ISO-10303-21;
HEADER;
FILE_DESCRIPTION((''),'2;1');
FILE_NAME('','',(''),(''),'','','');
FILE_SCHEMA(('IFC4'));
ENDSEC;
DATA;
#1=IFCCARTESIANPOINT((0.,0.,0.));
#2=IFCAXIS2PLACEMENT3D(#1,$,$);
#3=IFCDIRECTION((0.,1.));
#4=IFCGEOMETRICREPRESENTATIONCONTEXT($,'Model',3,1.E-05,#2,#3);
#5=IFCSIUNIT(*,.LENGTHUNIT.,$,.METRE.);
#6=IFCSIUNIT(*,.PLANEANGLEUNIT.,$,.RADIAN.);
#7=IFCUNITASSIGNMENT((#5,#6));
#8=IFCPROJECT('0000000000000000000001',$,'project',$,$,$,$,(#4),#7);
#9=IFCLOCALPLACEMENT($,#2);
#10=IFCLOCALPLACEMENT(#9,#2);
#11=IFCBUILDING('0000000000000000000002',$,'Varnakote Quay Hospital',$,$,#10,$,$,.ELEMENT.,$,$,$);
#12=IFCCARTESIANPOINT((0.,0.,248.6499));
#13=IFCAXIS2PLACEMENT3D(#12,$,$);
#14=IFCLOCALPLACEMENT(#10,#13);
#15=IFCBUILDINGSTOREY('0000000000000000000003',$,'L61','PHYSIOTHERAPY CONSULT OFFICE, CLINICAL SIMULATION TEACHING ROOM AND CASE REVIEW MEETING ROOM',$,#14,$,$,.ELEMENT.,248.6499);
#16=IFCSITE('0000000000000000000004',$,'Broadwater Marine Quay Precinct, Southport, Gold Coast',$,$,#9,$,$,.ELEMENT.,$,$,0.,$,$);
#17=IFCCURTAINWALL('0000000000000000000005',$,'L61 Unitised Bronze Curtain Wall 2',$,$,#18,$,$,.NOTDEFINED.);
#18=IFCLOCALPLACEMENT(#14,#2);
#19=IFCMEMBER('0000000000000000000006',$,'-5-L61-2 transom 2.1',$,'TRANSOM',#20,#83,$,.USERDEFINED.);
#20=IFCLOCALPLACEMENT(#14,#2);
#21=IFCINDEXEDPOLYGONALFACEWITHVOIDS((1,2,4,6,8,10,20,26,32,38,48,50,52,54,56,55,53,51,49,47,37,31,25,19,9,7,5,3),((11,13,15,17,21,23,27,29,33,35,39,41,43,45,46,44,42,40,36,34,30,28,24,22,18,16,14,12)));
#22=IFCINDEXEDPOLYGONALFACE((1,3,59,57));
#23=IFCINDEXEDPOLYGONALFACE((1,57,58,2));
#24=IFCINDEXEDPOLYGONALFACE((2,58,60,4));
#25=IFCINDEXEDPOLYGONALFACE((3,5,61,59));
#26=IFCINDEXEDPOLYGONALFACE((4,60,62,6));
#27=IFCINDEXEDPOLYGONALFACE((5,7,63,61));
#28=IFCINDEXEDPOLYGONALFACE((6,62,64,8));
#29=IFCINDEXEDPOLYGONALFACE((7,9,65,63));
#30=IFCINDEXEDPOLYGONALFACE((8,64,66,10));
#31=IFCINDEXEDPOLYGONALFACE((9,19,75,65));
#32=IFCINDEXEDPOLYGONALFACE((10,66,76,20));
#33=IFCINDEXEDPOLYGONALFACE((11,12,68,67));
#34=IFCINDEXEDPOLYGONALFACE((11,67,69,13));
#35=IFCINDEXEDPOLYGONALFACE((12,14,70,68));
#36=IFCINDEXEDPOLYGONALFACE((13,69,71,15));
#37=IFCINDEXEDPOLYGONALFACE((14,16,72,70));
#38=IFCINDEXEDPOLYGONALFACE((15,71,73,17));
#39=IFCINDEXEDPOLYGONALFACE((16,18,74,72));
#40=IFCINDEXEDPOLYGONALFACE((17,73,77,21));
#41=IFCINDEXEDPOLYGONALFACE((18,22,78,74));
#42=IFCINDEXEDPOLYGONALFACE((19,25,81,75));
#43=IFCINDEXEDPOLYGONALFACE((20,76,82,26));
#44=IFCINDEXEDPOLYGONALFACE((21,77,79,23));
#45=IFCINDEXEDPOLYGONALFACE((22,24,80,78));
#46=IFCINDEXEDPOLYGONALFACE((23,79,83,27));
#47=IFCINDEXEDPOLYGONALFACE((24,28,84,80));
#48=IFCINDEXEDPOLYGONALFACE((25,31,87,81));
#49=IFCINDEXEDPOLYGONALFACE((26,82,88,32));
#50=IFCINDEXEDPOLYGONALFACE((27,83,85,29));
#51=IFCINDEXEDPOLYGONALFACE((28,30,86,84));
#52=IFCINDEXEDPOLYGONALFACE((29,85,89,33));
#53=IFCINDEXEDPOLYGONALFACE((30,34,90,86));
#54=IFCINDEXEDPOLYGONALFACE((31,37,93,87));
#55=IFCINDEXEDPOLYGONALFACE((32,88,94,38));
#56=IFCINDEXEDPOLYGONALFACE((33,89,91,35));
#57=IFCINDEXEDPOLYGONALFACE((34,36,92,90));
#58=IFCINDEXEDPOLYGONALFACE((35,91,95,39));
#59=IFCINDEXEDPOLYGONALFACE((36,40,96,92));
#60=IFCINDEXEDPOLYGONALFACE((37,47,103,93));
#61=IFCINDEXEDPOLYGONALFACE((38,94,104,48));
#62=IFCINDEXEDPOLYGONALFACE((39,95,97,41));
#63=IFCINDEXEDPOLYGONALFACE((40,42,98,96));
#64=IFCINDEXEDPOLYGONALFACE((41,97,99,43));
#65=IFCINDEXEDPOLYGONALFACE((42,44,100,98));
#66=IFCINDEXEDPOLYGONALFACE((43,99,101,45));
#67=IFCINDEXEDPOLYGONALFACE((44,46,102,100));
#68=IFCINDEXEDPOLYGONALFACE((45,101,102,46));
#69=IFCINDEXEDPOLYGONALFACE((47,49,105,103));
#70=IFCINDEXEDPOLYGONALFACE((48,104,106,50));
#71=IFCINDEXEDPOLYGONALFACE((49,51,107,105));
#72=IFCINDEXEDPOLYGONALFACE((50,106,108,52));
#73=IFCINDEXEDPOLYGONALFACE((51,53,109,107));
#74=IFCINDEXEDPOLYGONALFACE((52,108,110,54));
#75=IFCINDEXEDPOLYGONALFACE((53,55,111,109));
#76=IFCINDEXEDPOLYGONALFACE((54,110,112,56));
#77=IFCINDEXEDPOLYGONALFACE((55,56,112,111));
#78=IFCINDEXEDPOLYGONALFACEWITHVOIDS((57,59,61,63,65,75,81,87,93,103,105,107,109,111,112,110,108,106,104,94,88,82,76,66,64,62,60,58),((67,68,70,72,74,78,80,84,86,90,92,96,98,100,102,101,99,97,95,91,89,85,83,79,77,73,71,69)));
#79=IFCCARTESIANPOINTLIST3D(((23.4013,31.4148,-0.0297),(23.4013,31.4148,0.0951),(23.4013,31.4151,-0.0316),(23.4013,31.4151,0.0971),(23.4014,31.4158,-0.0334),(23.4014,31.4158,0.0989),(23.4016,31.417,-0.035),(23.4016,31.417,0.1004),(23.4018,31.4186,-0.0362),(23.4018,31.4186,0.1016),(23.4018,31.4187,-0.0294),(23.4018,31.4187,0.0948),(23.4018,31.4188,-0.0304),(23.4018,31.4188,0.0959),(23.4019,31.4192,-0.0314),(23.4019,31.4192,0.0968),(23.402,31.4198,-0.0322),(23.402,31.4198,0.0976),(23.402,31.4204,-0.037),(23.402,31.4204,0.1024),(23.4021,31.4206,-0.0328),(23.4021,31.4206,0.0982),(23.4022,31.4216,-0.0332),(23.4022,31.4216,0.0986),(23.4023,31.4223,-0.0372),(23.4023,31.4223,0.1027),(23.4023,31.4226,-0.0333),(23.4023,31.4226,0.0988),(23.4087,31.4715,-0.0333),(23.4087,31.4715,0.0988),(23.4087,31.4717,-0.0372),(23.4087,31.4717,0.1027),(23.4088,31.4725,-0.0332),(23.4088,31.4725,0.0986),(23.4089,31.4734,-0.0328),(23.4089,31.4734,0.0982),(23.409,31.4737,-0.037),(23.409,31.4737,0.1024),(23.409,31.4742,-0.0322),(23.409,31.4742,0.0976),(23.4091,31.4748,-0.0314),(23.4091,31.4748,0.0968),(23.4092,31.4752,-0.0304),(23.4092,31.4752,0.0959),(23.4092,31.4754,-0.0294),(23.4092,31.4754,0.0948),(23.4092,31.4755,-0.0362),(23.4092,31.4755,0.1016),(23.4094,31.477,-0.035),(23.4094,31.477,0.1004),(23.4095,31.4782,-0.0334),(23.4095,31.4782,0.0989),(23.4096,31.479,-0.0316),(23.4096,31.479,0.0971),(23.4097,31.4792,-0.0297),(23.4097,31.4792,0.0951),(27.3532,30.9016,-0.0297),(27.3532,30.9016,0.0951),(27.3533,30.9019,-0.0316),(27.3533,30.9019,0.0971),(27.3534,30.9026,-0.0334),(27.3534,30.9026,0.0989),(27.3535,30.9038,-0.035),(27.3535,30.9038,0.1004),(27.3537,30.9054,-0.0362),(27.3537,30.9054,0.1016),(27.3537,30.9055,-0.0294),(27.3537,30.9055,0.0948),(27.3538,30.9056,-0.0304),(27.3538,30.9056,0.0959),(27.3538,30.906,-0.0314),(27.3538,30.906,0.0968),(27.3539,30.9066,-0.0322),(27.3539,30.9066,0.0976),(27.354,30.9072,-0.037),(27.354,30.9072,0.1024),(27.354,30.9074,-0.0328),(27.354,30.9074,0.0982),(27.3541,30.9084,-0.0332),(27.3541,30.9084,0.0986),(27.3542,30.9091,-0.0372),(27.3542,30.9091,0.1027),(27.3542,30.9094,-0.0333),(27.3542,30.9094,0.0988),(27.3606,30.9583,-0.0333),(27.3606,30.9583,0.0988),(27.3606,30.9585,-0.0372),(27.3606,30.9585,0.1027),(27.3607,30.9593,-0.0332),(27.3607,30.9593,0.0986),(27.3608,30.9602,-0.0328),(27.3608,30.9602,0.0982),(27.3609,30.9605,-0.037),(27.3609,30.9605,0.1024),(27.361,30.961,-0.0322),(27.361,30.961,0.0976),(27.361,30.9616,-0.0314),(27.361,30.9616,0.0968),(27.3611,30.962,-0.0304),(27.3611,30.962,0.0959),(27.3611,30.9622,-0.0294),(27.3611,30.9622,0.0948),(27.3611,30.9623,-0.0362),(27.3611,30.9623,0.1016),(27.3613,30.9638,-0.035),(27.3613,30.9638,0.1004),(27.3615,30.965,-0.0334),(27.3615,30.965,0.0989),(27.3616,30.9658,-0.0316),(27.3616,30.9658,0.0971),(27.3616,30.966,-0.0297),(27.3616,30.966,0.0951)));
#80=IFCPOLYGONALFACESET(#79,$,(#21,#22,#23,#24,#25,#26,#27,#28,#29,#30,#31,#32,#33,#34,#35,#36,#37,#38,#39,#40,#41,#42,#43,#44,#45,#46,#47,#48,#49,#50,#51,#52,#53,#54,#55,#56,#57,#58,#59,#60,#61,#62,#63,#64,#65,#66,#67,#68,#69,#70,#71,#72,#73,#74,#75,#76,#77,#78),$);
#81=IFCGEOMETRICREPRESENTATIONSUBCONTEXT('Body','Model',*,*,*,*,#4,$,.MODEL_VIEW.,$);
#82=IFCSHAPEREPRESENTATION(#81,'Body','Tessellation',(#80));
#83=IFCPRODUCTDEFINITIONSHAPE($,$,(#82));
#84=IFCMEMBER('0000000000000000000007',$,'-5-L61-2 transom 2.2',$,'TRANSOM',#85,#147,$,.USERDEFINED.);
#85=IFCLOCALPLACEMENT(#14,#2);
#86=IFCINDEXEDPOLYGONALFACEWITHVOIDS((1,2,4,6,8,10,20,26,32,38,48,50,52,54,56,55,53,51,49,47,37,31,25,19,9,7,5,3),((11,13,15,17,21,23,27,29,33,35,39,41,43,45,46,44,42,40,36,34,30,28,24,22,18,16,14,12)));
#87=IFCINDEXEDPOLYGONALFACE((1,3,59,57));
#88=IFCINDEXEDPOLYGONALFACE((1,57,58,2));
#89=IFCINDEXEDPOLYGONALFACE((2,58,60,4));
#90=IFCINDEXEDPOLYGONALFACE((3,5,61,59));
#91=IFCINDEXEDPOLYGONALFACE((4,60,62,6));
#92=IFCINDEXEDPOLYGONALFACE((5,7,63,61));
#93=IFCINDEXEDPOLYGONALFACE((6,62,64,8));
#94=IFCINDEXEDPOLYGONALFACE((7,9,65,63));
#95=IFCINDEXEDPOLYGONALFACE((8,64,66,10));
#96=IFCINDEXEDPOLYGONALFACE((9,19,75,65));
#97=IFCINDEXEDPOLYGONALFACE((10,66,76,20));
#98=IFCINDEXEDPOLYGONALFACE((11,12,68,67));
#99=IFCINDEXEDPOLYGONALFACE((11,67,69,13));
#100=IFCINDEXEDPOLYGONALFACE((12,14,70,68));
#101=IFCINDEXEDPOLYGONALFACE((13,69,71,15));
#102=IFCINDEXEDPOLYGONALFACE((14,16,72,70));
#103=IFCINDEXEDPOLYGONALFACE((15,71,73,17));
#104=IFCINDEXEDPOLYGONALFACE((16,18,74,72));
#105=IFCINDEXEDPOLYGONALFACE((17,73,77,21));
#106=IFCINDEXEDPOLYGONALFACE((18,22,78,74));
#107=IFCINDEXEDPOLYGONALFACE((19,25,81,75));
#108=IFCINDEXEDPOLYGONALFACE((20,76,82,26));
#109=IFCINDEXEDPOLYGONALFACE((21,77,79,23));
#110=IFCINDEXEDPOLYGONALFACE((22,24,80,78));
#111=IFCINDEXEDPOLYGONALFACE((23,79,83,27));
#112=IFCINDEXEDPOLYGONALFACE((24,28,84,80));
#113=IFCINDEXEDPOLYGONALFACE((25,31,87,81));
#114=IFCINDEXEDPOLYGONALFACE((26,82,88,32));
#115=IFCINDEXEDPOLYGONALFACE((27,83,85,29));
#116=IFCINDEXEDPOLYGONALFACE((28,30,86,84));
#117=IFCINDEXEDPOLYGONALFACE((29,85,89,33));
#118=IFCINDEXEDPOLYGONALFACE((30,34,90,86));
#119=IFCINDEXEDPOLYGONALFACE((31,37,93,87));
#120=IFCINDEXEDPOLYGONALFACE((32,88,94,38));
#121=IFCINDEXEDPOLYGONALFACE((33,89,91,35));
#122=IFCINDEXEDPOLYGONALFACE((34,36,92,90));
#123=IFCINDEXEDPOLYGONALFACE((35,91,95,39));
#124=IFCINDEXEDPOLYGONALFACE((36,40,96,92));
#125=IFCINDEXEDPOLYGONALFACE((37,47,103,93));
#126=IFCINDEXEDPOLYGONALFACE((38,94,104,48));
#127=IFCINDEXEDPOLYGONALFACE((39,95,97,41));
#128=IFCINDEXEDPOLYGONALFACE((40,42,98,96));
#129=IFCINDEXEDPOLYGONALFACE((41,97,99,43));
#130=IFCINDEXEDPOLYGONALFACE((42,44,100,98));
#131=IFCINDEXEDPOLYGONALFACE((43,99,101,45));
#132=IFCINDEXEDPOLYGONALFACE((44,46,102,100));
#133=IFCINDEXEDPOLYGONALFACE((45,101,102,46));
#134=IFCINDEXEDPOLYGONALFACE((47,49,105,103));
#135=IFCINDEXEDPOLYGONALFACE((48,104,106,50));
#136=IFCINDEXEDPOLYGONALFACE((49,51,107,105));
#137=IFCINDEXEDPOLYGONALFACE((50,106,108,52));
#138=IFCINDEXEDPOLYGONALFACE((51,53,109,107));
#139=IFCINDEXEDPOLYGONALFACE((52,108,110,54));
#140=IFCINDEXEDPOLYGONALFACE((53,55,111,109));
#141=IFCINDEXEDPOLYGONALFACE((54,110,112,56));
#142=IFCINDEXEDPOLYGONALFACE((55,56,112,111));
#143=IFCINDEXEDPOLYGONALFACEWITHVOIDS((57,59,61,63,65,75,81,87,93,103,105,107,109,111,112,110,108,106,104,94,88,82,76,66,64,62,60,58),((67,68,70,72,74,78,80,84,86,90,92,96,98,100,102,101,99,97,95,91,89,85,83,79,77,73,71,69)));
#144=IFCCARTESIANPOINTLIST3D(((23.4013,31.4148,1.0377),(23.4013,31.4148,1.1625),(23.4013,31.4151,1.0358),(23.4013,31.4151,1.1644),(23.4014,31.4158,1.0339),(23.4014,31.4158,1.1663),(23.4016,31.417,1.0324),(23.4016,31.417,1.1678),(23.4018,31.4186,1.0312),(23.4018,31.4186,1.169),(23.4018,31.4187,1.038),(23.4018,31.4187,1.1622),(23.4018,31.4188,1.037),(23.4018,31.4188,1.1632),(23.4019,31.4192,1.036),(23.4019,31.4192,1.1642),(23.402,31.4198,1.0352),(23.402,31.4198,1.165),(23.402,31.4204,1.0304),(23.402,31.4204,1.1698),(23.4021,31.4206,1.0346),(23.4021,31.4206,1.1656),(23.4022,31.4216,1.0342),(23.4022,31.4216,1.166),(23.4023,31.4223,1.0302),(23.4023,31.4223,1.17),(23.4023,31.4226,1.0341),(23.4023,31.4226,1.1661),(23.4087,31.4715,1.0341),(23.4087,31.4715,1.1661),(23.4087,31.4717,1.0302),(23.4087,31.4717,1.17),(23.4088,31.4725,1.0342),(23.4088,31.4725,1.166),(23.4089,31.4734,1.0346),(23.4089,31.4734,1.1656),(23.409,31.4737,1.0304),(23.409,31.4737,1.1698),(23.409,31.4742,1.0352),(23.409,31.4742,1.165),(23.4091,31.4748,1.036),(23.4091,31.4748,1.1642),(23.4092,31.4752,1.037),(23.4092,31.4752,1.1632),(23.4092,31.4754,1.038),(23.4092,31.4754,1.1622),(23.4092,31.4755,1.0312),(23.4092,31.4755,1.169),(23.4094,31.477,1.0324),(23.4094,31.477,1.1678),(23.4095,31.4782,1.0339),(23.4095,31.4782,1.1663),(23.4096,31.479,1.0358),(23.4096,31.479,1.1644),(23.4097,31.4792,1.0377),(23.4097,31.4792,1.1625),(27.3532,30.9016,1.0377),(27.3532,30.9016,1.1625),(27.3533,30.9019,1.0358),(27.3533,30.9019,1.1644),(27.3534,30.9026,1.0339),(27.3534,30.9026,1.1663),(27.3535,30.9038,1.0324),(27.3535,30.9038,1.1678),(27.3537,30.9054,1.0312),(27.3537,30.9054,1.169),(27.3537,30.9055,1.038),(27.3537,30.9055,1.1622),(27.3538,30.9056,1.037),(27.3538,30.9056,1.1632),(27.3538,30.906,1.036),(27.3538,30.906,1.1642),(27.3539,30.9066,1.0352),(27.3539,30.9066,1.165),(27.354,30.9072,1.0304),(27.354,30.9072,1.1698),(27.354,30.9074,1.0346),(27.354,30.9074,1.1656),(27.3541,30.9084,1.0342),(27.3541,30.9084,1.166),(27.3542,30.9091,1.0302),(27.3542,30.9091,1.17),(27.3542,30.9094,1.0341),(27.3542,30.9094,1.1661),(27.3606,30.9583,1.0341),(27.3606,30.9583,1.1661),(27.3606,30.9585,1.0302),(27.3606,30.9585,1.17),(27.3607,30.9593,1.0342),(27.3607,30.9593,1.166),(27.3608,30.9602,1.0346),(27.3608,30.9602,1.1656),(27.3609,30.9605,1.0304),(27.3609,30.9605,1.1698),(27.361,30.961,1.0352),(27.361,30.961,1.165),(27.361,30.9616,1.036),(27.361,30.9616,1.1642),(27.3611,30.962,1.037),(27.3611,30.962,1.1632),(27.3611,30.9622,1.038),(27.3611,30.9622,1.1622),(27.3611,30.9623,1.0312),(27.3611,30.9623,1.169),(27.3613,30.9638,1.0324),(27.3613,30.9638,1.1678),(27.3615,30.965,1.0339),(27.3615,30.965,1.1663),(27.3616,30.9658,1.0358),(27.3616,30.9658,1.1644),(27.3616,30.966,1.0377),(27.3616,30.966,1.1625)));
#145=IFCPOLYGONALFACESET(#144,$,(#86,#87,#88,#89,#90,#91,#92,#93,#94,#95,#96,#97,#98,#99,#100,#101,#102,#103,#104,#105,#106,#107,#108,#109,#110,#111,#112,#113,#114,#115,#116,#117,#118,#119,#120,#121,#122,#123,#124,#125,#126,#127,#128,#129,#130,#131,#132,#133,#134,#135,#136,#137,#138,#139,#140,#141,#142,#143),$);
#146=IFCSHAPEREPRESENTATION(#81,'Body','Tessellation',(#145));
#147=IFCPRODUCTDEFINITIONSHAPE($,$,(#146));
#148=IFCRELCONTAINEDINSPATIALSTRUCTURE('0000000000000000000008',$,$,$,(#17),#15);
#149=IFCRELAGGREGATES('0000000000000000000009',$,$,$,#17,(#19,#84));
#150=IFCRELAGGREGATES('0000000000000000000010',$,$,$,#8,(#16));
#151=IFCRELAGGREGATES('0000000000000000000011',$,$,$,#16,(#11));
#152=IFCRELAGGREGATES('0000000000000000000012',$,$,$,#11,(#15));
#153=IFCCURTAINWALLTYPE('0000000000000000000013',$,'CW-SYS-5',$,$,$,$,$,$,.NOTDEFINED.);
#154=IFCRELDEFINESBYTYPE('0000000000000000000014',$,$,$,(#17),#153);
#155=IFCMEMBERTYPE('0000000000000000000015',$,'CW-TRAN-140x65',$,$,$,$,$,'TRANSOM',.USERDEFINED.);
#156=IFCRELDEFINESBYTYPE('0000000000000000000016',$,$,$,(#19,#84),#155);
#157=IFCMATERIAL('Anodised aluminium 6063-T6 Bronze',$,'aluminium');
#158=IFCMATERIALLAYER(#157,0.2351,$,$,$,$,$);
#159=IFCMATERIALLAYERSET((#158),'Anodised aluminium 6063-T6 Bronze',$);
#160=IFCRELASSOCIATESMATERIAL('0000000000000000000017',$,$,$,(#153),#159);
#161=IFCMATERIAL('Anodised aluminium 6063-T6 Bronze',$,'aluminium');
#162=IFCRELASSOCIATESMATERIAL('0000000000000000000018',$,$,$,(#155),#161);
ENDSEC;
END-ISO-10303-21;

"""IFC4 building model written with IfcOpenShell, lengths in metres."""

from ifc_helpers import new_model, si_unit, direction, frame, origin, origin_2d, place, context, subcontext, project, spatial, hollow_rectangle, extrude, material, layer, layer_set, material_profile, profile_set, type_object, element, aggregate, save


model = new_model("IFC4")

# Units and contexts
model_context = context("Model", 3, precision=1e-05, world=origin(), true_north=direction((0.0, 1.0)))
body_context = subcontext(model_context, "Body", "Model", "MODEL_VIEW")
ifc_project = project(units=[si_unit("LENGTHUNIT", "METRE"), si_unit("PLANEANGLEUNIT", "RADIAN")], contexts=[model_context])

# Site, building, storey
site_placement = place(None, origin())
site = spatial("IfcSite", under=ifc_project, at=site_placement, Name="Broadwater Marine Quay Precinct, Southport, Gold Coast", CompositionType="ELEMENT", RefElevation=0.0)
building_placement = place(site_placement, origin())
building = spatial("IfcBuilding", under=site, at=building_placement, Name="Varnakote Quay Hospital", CompositionType="ELEMENT")
storey_placement = place(building_placement, frame((0.0, 0.0, 248.6499)))
storey = spatial("IfcBuildingStorey", under=building, at=storey_placement, Name="L61", Description="PHYSIOTHERAPY CONSULT OFFICE, CLINICAL SIMULATION TEACHING ROOM AND CASE REVIEW MEETING ROOM", CompositionType="ELEMENT", Elevation=248.6499)

# Shared definitions
ifc_material_1 = material(Name="Anodised aluminium 6063-T6 Bronze", Category="aluminium")
ifc_layer_1 = layer(ifc_material_1, 0.2351)
ifc_layer_set_1 = layer_set([ifc_layer_1], Name="Anodised aluminium 6063-T6 Bronze")
curtain_wall_type = type_object("IfcCurtainWallType", Name="CW-SYS-5", PredefinedType="NOTDEFINED", material=ifc_layer_set_1)

# Curtain wall, members
curtain_wall_1_placement = place(storey_placement, origin())
curtain_wall_1 = element("IfcCurtainWall", 1, at=curtain_wall_1_placement, inside=storey, type_object=curtain_wall_type, Name="L61 Unitised Bronze Curtain Wall 2", PredefinedType="NOTDEFINED")
ifc_material_2 = material(Name="Anodised aluminium 6063-T6 Bronze", Category="aluminium")
ifc_material_profile_1 = material_profile(ifc_material_2, hollow_rectangle(XDim=0.0649, YDim=0.1399, WallThickness=0.0039, InnerFilletRadius=0.0039, OuterFilletRadius=0.0076, at=origin_2d()), Name="CW-TRAN-140x65")
ifc_profile_set_1 = profile_set([ifc_material_profile_1], Name="Anodised aluminium 6063-T6 Bronze")
member_type_1 = type_object("IfcMemberType", Name="CW-TRAN-140x65", ElementType="TRANSOM", PredefinedType="USERDEFINED", material=ifc_profile_set_1)
member_1_placement = place(storey_placement, frame((27.3574, 30.9338, 0.0327), z_axis=(-0.991674, 0.128776, 0.0), x_axis=(-0.128776, -0.991674, 0.0)))
member_1 = element("IfcMember", 2, at=member_1_placement, type_object=member_type_1, Name="-5-L61-2 transom 2.1", ObjectType="TRANSOM", PredefinedType="USERDEFINED", context=body_context, shape_type="SweptSolid", body=[
    extrude(hollow_rectangle(XDim=0.0649, YDim=0.1399, WallThickness=0.0039, InnerFilletRadius=0.0039, OuterFilletRadius=0.0076, at=origin_2d()), origin(), (0.0, 0.0, 1.0), 3.9851),
])
member_2_placement = place(storey_placement, frame((27.3574, 30.9338, 1.1001), z_axis=(-0.991674, 0.128776, 0.0), x_axis=(-0.128776, -0.991674, 0.0)))
member_2 = element("IfcMember", 3, at=member_2_placement, type_object=member_type_1, Name="-5-L61-2 transom 2.2", ObjectType="TRANSOM", PredefinedType="USERDEFINED", context=body_context, shape_type="SweptSolid", body=[
    extrude(hollow_rectangle(XDim=0.0649, YDim=0.1399, WallThickness=0.0039, InnerFilletRadius=0.0039, OuterFilletRadius=0.0076, at=origin_2d()), origin(), (0.0, 0.0, 1.0), 3.9851),
])

aggregate(curtain_wall_1, [member_1, member_2])

save(model, "model.ifc")
